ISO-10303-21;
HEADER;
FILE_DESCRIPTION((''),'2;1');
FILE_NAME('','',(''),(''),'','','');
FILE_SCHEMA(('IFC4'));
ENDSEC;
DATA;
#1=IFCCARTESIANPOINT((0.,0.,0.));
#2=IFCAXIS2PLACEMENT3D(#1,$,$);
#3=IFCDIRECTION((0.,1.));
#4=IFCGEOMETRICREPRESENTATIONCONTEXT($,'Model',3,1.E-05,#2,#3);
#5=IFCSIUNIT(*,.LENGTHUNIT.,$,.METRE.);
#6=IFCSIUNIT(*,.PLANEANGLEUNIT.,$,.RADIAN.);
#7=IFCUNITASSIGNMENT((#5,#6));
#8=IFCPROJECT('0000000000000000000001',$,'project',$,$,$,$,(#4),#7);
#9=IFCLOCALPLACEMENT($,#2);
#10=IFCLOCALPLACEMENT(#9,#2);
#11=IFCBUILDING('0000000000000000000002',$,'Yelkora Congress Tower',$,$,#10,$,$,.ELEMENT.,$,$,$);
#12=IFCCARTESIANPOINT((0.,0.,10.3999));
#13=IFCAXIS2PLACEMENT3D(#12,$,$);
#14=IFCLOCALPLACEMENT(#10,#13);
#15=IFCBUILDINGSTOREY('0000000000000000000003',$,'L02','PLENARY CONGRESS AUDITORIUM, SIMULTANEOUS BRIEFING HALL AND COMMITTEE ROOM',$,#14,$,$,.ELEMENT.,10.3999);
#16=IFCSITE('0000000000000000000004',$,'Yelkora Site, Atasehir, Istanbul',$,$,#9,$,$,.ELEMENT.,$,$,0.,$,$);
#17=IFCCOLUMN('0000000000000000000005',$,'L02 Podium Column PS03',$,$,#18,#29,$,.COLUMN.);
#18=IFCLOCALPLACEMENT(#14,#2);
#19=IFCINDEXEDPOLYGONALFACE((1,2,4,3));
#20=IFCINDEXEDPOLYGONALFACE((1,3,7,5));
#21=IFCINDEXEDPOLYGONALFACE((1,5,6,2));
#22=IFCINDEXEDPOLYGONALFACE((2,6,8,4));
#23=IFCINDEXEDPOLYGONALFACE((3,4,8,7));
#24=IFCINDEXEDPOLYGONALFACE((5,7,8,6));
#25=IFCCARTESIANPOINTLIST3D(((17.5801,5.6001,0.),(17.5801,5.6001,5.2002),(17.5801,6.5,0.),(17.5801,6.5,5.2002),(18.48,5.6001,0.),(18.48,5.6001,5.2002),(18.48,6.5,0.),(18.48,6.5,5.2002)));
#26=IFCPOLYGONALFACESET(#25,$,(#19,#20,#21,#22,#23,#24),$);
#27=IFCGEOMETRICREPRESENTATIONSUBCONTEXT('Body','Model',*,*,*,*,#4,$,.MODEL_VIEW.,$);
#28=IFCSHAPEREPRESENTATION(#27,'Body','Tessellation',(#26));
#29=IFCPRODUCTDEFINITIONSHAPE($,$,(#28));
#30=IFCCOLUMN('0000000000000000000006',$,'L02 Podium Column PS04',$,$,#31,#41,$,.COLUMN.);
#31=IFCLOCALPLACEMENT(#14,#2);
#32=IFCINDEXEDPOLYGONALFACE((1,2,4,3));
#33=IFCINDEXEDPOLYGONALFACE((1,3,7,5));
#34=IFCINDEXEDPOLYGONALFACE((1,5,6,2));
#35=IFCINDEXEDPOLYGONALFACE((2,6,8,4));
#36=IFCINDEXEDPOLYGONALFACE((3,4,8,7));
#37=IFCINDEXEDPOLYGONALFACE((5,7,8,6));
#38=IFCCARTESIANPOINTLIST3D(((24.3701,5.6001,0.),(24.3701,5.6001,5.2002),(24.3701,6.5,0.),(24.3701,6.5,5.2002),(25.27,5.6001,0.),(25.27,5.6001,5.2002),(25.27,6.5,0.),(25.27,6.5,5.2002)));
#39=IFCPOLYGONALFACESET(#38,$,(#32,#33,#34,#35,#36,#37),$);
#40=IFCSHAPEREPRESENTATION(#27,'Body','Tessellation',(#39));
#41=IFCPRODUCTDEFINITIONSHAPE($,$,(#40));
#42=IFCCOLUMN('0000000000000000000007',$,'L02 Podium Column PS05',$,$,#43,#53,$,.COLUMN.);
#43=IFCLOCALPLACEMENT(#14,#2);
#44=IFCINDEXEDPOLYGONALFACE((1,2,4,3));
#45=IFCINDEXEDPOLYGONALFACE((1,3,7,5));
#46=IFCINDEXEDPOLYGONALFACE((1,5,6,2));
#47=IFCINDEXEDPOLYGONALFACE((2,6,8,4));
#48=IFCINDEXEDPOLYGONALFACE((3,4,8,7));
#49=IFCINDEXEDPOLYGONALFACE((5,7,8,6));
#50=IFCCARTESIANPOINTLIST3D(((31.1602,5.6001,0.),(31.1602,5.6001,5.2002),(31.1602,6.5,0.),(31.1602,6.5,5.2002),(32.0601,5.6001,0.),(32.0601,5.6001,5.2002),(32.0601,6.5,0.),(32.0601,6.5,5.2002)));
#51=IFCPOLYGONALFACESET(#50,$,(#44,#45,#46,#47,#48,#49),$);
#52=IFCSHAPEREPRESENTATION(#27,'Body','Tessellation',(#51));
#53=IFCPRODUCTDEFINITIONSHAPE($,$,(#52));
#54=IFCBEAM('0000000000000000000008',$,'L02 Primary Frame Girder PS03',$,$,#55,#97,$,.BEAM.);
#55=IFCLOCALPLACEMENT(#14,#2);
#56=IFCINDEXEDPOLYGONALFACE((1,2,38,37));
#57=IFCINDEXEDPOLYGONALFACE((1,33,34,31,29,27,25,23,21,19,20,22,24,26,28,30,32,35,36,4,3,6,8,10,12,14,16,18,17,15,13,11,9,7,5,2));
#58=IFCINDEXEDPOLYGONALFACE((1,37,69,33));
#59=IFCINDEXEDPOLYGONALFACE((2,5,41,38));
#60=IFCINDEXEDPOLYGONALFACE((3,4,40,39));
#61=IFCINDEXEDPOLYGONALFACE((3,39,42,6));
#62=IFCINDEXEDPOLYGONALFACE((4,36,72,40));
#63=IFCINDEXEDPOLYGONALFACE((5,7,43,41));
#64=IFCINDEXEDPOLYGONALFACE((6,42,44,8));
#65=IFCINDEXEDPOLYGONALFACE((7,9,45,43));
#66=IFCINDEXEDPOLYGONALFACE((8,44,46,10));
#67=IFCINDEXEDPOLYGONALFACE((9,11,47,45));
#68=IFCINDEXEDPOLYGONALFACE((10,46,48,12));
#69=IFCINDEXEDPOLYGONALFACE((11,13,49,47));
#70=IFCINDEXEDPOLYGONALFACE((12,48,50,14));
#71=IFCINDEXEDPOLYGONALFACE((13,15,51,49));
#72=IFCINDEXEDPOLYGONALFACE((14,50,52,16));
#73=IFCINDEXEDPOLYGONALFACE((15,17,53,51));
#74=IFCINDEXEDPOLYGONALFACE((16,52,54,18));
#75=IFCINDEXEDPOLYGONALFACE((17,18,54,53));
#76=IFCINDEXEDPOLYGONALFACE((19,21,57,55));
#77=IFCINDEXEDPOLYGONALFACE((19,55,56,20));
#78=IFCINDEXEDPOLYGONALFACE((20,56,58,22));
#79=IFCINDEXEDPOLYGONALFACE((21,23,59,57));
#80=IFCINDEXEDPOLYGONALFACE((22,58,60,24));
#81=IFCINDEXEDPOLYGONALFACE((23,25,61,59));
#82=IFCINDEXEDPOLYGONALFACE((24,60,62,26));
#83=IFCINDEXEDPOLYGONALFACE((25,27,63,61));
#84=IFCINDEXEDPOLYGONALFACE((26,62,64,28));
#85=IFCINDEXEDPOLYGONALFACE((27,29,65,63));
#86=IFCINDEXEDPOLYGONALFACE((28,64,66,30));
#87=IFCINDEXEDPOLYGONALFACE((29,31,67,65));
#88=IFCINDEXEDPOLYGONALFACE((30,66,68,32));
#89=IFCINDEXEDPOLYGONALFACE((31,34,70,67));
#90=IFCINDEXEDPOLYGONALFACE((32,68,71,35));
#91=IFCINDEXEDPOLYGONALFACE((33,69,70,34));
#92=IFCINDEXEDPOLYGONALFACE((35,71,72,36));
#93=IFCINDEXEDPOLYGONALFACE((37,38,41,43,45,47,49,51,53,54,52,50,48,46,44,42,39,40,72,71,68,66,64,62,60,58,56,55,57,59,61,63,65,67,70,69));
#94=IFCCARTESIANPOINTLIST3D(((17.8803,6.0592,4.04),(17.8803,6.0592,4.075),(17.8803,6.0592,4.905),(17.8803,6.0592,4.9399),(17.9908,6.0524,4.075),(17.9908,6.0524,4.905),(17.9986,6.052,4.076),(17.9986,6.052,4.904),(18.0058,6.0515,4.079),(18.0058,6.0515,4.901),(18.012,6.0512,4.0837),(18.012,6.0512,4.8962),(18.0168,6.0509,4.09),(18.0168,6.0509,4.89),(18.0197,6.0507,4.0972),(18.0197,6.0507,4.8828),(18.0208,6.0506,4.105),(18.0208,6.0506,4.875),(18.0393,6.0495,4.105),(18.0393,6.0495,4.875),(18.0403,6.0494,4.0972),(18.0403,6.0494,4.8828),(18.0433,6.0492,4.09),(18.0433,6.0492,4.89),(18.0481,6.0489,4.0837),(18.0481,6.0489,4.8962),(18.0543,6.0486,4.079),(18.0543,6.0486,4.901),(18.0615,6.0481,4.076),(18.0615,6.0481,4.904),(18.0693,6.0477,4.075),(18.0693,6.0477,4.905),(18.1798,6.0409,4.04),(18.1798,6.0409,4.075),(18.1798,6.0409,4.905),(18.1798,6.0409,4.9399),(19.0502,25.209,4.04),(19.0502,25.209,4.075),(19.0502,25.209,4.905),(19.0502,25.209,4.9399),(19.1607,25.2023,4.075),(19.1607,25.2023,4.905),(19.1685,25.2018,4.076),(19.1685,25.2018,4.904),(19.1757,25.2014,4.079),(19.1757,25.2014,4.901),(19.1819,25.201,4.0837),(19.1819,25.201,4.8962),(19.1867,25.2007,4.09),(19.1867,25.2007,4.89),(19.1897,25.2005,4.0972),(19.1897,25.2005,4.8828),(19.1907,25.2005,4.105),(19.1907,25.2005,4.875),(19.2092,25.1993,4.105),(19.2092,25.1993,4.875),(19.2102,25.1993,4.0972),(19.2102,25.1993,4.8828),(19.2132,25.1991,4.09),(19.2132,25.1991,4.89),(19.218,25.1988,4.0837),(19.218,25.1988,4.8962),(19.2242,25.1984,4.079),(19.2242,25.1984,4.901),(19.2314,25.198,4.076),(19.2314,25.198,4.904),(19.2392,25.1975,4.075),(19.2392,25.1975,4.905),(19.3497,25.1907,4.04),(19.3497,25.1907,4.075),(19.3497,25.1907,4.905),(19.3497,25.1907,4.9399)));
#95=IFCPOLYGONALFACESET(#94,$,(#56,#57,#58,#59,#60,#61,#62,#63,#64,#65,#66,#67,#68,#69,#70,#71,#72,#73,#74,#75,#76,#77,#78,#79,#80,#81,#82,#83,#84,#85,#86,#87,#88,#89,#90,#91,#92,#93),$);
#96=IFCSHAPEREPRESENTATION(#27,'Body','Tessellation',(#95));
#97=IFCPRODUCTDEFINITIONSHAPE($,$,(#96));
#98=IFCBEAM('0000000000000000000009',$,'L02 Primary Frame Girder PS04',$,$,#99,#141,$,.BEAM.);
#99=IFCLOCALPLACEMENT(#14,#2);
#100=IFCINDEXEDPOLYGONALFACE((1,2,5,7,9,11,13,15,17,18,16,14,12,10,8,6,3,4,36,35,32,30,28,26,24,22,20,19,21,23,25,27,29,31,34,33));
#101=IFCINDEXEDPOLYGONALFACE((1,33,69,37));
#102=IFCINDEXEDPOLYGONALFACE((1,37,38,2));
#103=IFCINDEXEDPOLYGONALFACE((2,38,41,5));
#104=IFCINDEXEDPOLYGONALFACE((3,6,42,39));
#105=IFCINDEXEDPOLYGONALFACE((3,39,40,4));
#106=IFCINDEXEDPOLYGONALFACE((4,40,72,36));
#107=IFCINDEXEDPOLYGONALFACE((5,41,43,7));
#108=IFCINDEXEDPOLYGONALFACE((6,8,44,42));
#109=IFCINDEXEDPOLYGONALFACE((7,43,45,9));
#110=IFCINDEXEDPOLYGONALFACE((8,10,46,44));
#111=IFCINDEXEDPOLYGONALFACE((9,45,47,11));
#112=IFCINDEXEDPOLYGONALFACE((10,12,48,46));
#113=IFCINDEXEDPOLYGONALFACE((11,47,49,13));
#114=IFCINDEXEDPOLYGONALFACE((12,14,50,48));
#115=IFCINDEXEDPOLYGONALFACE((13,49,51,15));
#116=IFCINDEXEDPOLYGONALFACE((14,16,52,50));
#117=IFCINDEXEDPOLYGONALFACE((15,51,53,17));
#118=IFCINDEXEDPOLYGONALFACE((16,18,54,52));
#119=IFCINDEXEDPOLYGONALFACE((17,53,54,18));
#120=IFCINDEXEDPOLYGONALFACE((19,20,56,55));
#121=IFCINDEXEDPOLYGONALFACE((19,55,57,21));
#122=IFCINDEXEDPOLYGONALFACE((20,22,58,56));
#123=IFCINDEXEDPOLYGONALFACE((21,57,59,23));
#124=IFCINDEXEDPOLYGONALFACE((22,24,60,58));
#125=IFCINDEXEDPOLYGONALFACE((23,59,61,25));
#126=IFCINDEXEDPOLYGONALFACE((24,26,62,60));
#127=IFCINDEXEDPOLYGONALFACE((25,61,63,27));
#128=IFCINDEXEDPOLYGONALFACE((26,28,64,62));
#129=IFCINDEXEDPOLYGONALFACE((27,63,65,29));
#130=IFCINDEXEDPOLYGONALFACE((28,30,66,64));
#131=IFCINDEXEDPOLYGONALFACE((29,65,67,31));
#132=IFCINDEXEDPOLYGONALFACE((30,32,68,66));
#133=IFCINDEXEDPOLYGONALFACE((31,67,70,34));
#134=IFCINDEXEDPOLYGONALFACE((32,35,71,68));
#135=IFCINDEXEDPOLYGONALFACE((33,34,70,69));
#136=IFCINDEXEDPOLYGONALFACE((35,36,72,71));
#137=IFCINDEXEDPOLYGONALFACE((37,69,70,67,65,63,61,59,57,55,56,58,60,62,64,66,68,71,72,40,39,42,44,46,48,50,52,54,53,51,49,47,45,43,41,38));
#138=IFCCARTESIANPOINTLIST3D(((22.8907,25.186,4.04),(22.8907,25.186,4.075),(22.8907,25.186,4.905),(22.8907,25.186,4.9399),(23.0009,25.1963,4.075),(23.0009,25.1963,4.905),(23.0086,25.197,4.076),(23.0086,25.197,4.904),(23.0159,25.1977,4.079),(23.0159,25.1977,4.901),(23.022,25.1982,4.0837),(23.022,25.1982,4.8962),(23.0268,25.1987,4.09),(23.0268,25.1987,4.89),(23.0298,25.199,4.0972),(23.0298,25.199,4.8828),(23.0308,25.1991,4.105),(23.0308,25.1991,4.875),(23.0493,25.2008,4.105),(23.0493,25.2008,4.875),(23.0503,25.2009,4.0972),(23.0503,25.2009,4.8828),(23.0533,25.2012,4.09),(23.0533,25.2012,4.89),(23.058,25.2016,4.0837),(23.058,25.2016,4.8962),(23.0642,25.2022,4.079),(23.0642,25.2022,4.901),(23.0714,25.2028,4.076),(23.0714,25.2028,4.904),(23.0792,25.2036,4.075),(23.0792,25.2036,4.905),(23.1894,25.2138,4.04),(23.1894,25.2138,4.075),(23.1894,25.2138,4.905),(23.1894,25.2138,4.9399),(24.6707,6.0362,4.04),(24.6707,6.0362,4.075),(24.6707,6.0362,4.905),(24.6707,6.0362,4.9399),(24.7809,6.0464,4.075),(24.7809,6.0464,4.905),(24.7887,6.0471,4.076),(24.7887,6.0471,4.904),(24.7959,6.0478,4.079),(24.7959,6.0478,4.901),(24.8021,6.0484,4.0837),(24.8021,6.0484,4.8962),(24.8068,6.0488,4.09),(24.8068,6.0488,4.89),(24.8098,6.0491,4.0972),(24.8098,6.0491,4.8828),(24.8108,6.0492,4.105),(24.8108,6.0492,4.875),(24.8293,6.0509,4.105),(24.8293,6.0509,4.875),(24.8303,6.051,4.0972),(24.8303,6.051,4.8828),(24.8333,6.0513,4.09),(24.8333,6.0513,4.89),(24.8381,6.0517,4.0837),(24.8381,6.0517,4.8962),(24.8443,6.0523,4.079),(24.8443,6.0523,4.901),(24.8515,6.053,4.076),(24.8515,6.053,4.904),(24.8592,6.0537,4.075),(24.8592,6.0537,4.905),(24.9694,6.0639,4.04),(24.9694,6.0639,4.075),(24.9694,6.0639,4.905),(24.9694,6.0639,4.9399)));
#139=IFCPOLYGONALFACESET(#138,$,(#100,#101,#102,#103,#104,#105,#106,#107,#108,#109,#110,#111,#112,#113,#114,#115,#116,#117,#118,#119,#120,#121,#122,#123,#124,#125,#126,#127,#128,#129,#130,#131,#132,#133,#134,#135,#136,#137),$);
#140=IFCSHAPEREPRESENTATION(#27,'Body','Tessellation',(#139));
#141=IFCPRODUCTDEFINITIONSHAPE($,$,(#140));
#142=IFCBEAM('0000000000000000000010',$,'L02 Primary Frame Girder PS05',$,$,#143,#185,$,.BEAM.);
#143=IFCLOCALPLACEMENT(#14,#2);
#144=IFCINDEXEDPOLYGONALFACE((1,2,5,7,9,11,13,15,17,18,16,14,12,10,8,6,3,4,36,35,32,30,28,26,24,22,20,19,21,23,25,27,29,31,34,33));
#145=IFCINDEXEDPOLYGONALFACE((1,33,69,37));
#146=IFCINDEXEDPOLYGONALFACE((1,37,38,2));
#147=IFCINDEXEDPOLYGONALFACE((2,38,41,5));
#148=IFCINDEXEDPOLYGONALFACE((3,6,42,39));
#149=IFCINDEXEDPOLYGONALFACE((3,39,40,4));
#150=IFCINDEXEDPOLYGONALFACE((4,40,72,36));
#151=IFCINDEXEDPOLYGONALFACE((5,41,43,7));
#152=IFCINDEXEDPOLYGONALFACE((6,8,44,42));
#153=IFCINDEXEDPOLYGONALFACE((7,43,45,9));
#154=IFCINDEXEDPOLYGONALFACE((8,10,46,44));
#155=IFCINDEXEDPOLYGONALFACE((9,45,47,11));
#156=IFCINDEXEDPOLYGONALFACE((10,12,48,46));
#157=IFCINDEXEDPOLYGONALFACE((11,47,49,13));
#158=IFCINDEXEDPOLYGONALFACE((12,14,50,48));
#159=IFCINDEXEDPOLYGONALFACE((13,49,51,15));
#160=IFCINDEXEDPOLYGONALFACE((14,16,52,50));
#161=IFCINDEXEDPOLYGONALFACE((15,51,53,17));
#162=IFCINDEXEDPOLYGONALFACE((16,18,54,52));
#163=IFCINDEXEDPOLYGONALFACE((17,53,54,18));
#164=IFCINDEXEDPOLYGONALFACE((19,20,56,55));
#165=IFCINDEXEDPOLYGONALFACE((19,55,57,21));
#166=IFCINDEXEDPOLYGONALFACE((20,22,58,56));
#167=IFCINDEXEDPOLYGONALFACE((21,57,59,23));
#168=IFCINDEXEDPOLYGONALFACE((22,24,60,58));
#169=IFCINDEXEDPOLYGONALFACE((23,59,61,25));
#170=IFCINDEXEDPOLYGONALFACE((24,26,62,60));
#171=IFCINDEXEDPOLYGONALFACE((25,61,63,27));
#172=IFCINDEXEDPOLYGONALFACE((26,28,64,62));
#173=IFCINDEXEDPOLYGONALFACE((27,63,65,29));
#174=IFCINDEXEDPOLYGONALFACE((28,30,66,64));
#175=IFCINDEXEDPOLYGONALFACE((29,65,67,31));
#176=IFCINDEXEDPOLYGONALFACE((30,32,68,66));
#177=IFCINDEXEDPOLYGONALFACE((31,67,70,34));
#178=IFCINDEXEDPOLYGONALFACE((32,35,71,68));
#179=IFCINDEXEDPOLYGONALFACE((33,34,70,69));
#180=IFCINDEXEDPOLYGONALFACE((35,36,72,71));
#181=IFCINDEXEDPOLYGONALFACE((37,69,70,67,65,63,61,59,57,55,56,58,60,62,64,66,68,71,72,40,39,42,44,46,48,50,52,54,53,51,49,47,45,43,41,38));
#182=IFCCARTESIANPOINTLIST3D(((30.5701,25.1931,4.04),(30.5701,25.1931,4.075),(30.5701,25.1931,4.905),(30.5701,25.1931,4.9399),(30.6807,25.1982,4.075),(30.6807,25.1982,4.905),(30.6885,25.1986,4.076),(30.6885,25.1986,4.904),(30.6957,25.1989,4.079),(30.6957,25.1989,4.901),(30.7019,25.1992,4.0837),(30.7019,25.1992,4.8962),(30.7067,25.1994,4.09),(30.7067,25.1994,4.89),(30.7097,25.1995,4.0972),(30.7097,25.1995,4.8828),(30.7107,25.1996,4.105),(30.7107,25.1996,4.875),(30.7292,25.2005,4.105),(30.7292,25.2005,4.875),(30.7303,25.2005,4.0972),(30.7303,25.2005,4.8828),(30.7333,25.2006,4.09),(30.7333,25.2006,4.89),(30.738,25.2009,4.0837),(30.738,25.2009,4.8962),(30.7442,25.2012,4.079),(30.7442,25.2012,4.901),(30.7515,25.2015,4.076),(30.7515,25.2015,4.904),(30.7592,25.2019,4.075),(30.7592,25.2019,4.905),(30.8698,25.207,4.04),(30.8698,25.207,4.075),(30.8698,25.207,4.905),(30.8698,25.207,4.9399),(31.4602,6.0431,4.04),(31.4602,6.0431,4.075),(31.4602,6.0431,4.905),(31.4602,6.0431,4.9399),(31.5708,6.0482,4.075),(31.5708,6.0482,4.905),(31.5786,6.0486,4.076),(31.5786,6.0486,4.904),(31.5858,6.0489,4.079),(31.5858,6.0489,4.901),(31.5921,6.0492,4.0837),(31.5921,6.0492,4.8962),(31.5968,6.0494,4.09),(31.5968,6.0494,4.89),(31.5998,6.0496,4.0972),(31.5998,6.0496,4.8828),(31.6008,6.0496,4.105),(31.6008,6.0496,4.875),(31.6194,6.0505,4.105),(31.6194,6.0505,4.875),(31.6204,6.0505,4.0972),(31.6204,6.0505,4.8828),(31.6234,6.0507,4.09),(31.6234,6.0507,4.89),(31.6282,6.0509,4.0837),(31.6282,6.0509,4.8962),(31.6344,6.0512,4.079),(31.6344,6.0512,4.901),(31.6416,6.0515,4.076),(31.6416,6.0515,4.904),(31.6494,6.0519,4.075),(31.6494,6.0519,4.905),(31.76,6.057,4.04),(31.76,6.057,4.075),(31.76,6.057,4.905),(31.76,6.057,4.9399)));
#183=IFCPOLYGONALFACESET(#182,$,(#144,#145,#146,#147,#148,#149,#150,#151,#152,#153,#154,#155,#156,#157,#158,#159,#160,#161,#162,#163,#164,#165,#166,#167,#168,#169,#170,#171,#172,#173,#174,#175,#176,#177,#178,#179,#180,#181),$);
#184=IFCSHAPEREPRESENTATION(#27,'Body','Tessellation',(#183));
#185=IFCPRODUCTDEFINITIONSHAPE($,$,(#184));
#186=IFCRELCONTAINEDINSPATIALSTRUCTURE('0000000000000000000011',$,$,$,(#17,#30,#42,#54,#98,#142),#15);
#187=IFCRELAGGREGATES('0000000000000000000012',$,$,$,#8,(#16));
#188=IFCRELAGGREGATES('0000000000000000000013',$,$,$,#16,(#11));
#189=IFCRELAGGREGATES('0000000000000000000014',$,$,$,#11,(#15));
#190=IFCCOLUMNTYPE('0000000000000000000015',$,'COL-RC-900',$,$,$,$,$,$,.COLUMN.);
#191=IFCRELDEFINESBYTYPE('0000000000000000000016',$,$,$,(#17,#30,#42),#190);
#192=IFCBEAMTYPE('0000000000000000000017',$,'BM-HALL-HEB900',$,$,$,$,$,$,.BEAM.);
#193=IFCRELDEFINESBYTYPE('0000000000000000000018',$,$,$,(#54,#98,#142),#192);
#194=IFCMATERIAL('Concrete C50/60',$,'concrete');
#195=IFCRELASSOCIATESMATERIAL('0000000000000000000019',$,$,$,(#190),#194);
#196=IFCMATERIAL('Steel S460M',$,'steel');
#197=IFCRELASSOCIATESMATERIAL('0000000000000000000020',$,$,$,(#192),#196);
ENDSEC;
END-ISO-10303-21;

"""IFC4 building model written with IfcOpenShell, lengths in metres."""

from ifc_helpers import new_model, si_unit, direction, frame, origin, origin_2d, place, context, subcontext, project, spatial, rectangle, i_section, extrude, material, material_profile, profile_set, type_object, element, save


model = new_model("IFC4")

# Units and contexts
model_context = context("Model", 3, precision=1e-05, world=origin(), true_north=direction((0.0, 1.0)))
body_context = subcontext(model_context, "Body", "Model", "MODEL_VIEW")
ifc_project = project(units=[si_unit("LENGTHUNIT", "METRE"), si_unit("PLANEANGLEUNIT", "RADIAN")], contexts=[model_context])

# Site, building, storey
site_placement = place(None, origin())
site = spatial("IfcSite", under=ifc_project, at=site_placement, Name="Yelkora Site, Atasehir, Istanbul", CompositionType="ELEMENT", RefElevation=0.0)
building_placement = place(site_placement, origin())
building = spatial("IfcBuilding", under=site, at=building_placement, Name="Yelkora Congress Tower", CompositionType="ELEMENT")
storey_placement = place(building_placement, frame((0.0, 0.0, 10.3999)))
storey = spatial("IfcBuildingStorey", under=building, at=storey_placement, Name="L02", Description="PLENARY CONGRESS AUDITORIUM, SIMULTANEOUS BRIEFING HALL AND COMMITTEE ROOM", CompositionType="ELEMENT", Elevation=10.3999)

# Columns
ifc_material_1 = material(Name="Concrete C50/60", Category="concrete")
ifc_material_profile_1 = material_profile(ifc_material_1, rectangle(XDim=0.8999, YDim=0.8999, at=origin_2d()), Name="RC 900x900")
ifc_profile_set_1 = profile_set([ifc_material_profile_1], Name="Concrete C50/60")
column_type = type_object("IfcColumnType", Name="COL-RC-900", PredefinedType="COLUMN", material=ifc_profile_set_1)
for number, where, z_axis, x_axis, name in (
    (1, (18.03, 6.05, 0.0), (0.0, 0.0, 1.0), (1.0, 0.0, 0.0), "L02 Podium Column PS03"),
    (2, (24.8201, 6.05, 0.0), (0.0, 0.0, 1.0), (1.0, 0.0, 0.0), "L02 Podium Column PS04"),
    (3, (31.6101, 6.05, 0.0), (0.0, 0.0, 1.0), (1.0, 0.0, 0.0), "L02 Podium Column PS05"),
):
    element("IfcColumn", number, at=place(storey_placement, frame(where, z_axis=z_axis, x_axis=x_axis)), inside=storey, type_object=column_type, Name=name, PredefinedType="COLUMN", context=body_context, shape_type="SweptSolid", body=[
        extrude(rectangle(XDim=0.8999, YDim=0.8999, at=origin_2d()), origin(), (0.0, 0.0, 1.0), 5.2002),
    ])

# Beams
ifc_material_2 = material(Name="Steel S460M", Category="steel")
ifc_material_profile_2 = material_profile(ifc_material_2, i_section(OverallWidth=0.3, OverallDepth=0.8999, WebThickness=0.0186, FlangeThickness=0.0349, FilletRadius=0.03, at=origin_2d()), Name="HEB 900")
ifc_profile_set_2 = profile_set([ifc_material_profile_2], Name="Steel S460M")
beam_type_1 = type_object("IfcBeamType", Name="BM-HALL-HEB900", PredefinedType="BEAM", material=ifc_profile_set_2)
beam_1_placement = place(storey_placement, frame((18.03, 6.05, 4.49), z_axis=(0.060979, 0.998139, 0.0), x_axis=(-0.998139, 0.060979, 0.0)))
element("IfcBeam", 4, at=beam_1_placement, inside=storey, type_object=beam_type_1, Name="L02 Primary Frame Girder PS03", PredefinedType="BEAM", context=body_context, shape_type="SweptSolid", body=[
    extrude(i_section(OverallWidth=0.3, OverallDepth=0.8999, WebThickness=0.0186, FlangeThickness=0.0349, FilletRadius=0.03, at=origin_2d()), origin(), (0.0, 0.0, 1.0), 19.1855),
])
beam_2_placement = place(storey_placement, frame((24.8201, 6.05, 4.49), z_axis=(-0.092553, 0.995708, 0.0), x_axis=(-0.995708, -0.092553, 0.0)))
element("IfcBeam", 5, at=beam_2_placement, inside=storey, type_object=beam_type_1, Name="L02 Primary Frame Girder PS04", PredefinedType="BEAM", context=body_context, shape_type="SweptSolid", body=[
    extrude(i_section(OverallWidth=0.3, OverallDepth=0.8999, WebThickness=0.0186, FlangeThickness=0.0349, FilletRadius=0.03, at=origin_2d()), origin(), (0.0, 0.0, 1.0), 19.2324),
])
beam_3_placement = place(storey_placement, frame((31.6101, 6.05, 4.49), z_axis=(-0.046432, 0.998921, 0.0), x_axis=(-0.998921, -0.046432, 0.0)))
element("IfcBeam", 6, at=beam_3_placement, inside=storey, type_object=beam_type_1, Name="L02 Primary Frame Girder PS05", PredefinedType="BEAM", context=body_context, shape_type="SweptSolid", body=[
    extrude(i_section(OverallWidth=0.3, OverallDepth=0.8999, WebThickness=0.0186, FlangeThickness=0.0349, FilletRadius=0.03, at=origin_2d()), origin(), (0.0, 0.0, 1.0), 19.1707),
])

save(model, "model.ifc")
